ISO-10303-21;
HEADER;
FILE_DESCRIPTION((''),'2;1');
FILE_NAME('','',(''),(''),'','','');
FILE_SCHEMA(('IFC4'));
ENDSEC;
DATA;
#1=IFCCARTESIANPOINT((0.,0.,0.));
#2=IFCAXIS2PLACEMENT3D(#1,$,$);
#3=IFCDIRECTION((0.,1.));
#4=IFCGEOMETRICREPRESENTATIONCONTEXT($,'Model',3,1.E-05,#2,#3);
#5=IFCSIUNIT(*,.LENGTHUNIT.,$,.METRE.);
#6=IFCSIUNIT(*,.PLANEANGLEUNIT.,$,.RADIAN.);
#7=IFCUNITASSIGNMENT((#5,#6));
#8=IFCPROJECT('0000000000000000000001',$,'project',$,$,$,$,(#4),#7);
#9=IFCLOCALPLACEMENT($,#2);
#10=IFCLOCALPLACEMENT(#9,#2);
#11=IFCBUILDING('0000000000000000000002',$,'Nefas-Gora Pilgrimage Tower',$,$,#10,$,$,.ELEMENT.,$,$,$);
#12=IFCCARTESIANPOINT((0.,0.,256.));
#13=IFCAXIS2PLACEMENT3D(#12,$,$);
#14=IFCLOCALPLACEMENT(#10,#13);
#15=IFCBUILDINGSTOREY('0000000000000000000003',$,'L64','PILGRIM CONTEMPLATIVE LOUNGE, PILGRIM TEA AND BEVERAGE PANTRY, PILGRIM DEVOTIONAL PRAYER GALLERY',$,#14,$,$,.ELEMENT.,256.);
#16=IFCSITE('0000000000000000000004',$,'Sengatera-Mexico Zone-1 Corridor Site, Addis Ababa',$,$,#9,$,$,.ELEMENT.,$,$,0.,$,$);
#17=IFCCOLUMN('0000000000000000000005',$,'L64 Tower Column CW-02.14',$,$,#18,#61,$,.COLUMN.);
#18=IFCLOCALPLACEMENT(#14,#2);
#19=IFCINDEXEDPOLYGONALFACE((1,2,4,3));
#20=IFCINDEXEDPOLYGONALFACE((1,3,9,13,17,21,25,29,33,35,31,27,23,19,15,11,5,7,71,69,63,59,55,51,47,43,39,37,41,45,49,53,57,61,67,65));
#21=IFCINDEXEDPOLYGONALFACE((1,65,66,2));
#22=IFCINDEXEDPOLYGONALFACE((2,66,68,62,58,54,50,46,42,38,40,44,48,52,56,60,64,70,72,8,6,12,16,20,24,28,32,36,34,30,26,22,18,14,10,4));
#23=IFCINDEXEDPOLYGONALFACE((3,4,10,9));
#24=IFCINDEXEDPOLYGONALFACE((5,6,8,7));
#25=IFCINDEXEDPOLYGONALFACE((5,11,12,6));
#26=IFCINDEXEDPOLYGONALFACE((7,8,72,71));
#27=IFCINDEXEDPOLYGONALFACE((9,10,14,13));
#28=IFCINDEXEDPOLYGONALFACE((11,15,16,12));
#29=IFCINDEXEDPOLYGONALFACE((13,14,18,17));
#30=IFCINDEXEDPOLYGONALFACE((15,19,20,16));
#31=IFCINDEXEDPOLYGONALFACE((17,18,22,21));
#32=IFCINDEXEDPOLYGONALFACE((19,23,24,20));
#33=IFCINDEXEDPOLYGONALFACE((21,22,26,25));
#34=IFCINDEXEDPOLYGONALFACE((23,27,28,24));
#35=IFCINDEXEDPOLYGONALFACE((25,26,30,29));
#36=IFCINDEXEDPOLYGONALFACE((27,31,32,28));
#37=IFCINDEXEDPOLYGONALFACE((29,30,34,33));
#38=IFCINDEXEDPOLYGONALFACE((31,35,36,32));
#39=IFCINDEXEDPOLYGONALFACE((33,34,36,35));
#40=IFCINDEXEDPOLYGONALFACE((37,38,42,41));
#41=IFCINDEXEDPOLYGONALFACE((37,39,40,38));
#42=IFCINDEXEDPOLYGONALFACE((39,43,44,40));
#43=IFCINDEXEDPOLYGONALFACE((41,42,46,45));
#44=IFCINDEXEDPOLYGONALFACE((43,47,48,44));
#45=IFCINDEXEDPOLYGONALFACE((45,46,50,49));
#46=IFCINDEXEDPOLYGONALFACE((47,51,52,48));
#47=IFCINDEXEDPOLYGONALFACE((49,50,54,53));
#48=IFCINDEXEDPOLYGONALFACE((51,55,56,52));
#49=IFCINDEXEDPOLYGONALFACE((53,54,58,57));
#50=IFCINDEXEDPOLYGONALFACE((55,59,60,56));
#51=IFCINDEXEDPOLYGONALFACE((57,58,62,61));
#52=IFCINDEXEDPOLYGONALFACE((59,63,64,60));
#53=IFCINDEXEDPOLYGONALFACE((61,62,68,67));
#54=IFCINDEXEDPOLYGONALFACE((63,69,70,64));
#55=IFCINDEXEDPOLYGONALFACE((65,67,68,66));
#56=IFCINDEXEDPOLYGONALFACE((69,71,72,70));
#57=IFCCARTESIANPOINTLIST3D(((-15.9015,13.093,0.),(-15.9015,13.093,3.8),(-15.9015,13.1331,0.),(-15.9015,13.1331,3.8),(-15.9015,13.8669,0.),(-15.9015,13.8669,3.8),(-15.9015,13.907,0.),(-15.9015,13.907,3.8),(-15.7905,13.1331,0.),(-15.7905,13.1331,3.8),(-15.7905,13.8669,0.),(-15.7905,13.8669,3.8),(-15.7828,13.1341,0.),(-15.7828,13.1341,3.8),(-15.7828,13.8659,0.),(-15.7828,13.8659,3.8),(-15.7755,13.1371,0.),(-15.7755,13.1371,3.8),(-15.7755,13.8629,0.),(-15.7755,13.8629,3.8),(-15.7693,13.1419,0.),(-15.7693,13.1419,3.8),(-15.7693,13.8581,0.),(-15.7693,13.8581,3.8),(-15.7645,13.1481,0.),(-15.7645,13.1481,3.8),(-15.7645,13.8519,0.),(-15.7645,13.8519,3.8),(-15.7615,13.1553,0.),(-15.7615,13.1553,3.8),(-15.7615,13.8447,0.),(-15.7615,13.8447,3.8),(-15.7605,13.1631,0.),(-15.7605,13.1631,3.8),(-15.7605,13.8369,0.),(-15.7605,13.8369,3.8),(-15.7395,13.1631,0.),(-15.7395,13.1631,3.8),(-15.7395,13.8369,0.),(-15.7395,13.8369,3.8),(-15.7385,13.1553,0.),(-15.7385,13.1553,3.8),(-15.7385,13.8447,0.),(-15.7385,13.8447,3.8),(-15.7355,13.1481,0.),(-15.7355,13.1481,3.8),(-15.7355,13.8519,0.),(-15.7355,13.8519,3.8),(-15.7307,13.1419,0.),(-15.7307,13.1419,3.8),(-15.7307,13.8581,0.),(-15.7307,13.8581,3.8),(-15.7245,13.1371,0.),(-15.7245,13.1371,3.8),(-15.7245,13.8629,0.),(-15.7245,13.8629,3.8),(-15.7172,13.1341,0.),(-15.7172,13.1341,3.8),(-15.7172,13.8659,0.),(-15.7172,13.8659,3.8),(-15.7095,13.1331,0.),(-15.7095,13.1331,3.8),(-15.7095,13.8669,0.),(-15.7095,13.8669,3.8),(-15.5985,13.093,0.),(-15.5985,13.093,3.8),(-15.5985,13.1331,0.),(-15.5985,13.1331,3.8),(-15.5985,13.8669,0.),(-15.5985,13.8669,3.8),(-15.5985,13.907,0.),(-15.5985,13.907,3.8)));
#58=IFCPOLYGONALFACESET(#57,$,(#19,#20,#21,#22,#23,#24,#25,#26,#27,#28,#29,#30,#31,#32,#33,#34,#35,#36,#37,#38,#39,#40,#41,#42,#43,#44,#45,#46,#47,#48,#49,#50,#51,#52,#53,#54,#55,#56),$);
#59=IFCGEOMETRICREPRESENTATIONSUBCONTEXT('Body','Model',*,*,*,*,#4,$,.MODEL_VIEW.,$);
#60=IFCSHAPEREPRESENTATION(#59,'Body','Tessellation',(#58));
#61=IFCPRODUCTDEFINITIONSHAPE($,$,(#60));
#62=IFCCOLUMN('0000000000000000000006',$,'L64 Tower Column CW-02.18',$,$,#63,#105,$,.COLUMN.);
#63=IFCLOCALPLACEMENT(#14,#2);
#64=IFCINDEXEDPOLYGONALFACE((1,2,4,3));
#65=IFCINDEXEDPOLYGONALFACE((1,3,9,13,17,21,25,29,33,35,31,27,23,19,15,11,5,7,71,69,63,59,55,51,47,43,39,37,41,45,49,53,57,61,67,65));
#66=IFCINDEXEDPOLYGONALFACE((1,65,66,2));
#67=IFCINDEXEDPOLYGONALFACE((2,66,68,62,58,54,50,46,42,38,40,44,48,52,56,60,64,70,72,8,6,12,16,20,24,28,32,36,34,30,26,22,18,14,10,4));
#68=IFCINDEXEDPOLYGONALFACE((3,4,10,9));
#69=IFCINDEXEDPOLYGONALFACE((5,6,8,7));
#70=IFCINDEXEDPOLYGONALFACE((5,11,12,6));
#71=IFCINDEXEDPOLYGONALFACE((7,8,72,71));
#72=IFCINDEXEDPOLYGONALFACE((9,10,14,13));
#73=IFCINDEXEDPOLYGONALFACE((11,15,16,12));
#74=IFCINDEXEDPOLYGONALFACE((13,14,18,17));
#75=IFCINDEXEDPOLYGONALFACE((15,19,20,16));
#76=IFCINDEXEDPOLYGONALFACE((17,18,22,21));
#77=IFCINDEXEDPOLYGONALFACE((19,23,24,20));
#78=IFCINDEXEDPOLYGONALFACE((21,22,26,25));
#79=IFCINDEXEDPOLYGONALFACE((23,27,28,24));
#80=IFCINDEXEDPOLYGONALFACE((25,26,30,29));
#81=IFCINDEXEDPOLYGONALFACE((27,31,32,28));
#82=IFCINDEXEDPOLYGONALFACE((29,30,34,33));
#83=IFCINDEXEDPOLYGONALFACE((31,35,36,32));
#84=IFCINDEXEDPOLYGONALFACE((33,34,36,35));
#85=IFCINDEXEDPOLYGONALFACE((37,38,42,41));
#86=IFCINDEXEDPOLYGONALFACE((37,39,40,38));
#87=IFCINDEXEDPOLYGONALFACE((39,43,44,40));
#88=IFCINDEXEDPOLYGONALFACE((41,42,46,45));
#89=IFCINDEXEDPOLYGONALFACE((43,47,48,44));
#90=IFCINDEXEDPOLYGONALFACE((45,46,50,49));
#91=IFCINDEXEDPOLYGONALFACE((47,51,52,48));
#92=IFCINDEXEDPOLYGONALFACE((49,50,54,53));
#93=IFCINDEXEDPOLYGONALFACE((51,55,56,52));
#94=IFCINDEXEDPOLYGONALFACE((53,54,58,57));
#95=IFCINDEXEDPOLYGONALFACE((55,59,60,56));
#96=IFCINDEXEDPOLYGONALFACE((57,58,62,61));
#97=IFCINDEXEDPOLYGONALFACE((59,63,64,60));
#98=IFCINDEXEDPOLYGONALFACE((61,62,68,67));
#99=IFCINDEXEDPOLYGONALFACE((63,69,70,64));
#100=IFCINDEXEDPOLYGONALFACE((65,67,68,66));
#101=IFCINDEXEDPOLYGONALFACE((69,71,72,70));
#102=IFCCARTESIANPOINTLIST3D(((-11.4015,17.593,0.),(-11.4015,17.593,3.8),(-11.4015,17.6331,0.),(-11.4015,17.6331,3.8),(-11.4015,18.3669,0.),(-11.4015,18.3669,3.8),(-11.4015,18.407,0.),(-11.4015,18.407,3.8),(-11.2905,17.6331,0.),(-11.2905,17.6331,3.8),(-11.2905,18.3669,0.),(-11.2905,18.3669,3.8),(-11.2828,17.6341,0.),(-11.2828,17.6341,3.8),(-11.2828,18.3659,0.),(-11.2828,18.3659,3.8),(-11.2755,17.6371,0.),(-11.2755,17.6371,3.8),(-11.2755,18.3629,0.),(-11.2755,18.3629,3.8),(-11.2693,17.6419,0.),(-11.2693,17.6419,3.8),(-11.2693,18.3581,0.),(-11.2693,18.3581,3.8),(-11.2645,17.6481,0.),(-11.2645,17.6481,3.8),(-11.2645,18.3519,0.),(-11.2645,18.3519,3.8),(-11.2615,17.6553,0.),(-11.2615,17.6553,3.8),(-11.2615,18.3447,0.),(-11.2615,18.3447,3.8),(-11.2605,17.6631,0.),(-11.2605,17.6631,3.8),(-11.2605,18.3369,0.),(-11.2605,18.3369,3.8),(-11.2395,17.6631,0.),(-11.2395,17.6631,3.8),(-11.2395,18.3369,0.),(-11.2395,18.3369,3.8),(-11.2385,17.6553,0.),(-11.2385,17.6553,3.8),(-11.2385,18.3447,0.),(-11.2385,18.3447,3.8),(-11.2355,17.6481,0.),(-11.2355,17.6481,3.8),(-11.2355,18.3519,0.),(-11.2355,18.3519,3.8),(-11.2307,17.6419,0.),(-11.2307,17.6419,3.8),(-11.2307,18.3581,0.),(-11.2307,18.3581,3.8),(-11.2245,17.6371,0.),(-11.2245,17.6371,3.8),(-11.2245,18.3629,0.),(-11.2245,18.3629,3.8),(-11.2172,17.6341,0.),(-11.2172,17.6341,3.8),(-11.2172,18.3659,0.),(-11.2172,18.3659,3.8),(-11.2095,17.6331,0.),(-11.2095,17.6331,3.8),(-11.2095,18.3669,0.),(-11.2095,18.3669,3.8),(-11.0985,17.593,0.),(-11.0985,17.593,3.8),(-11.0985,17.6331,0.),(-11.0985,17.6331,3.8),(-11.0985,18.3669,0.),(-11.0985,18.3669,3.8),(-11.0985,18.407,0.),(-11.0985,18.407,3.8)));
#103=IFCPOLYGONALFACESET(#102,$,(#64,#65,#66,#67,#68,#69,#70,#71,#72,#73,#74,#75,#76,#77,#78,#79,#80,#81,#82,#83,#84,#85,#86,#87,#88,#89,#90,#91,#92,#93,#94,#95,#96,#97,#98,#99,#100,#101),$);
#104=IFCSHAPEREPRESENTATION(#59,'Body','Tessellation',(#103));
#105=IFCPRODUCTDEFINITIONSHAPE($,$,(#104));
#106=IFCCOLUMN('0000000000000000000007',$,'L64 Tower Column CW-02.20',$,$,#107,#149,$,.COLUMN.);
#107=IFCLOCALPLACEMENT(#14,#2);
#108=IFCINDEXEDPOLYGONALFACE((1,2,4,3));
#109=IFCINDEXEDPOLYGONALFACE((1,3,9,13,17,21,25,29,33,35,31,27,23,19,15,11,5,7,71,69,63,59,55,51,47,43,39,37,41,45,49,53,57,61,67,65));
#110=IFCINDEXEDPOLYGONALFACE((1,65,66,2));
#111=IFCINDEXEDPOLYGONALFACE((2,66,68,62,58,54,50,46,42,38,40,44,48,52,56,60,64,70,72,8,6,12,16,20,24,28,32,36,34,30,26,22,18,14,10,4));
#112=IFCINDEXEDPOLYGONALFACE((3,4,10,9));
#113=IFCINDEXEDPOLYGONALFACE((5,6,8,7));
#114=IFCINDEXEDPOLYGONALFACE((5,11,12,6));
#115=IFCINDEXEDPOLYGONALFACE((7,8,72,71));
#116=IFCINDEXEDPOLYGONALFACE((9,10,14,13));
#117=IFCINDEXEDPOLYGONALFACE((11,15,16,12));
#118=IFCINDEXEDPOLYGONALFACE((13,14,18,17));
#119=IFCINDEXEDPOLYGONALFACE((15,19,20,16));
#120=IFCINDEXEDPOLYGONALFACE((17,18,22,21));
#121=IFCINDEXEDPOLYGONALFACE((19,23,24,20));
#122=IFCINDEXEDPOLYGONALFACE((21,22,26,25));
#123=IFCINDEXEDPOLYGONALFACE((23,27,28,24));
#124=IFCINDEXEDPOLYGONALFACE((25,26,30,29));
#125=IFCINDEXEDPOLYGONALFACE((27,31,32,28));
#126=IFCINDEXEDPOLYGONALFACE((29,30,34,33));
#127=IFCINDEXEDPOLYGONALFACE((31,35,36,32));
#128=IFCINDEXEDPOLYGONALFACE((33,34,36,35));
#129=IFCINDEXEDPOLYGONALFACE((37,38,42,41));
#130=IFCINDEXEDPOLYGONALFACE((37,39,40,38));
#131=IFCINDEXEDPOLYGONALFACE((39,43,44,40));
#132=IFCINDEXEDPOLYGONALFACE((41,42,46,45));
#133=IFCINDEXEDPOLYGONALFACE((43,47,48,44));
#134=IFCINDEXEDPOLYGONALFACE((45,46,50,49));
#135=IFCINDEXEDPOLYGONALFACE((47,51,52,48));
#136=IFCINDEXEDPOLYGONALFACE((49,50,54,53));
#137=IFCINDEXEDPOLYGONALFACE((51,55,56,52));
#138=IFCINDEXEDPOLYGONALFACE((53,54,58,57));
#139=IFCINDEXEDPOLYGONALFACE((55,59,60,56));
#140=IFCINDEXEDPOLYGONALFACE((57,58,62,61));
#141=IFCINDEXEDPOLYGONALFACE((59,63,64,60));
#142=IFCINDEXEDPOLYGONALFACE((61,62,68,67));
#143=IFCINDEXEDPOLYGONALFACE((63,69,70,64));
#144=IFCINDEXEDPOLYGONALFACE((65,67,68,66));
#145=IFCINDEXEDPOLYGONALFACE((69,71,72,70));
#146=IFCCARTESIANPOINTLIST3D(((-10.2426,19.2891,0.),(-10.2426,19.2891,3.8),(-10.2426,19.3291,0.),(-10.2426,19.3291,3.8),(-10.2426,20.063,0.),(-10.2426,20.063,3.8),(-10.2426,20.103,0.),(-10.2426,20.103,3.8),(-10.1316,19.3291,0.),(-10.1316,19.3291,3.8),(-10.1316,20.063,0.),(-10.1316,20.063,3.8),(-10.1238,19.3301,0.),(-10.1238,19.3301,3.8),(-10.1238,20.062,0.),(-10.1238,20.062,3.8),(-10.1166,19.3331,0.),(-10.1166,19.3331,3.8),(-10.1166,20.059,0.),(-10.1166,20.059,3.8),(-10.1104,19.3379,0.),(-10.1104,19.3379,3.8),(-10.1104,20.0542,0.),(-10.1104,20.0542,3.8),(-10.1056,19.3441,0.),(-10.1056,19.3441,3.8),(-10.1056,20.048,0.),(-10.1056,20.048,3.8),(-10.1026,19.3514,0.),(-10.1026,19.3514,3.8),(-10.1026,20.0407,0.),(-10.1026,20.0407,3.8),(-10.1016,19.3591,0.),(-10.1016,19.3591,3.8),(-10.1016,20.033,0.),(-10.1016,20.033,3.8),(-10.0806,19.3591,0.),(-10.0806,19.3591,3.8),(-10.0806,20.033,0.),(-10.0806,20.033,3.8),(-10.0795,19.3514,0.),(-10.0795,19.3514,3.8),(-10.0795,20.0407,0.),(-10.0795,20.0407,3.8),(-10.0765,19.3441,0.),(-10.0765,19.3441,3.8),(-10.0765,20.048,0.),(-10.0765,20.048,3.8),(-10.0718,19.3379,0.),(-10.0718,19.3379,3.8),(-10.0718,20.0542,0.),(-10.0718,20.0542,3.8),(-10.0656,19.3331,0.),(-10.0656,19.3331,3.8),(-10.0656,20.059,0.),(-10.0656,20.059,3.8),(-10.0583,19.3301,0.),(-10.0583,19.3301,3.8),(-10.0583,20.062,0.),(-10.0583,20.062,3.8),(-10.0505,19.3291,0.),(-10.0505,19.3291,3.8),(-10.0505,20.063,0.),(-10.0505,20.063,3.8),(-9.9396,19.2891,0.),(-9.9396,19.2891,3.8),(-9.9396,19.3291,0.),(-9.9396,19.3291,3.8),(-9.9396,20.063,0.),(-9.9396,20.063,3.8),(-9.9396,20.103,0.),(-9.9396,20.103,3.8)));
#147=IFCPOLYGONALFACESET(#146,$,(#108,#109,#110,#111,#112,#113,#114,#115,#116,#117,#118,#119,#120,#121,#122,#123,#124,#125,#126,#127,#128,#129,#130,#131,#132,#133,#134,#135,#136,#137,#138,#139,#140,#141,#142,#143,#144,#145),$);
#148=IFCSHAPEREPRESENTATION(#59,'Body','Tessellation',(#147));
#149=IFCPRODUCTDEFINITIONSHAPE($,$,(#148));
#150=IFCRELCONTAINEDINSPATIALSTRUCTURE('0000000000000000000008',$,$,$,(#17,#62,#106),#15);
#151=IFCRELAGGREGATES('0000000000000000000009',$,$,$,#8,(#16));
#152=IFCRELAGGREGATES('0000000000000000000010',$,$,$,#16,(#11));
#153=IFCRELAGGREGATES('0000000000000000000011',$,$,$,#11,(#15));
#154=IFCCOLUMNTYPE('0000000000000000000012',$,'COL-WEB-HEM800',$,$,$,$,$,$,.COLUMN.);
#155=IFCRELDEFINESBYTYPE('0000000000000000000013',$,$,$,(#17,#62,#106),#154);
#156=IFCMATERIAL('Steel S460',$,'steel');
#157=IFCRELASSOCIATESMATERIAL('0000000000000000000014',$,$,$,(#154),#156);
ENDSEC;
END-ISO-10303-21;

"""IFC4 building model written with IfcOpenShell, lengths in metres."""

from ifc_helpers import new_model, si_unit, direction, frame, origin, origin_2d, place, context, subcontext, project, spatial, i_section, extrude, source, transform, mapped, material, material_profile, profile_set, type_object, element, save


model = new_model("IFC4")

# Units and contexts
model_context = context("Model", 3, precision=1e-05, world=origin(), true_north=direction((0.0, 1.0)))
body_context = subcontext(model_context, "Body", "Model", "MODEL_VIEW")
ifc_project = project(units=[si_unit("LENGTHUNIT", "METRE"), si_unit("PLANEANGLEUNIT", "RADIAN")], contexts=[model_context])

# Site, building, storey
site_placement = place(None, origin())
site = spatial("IfcSite", under=ifc_project, at=site_placement, Name="Sengatera-Mexico Zone-1 Corridor Site, Addis Ababa", CompositionType="ELEMENT", RefElevation=0.0)
building_placement = place(site_placement, origin())
building = spatial("IfcBuilding", under=site, at=building_placement, Name="Nefas-Gora Pilgrimage Tower", CompositionType="ELEMENT")
storey_placement = place(building_placement, frame((0.0, 0.0, 256.0)))
storey = spatial("IfcBuildingStorey", under=building, at=storey_placement, Name="L64", Description="PILGRIM CONTEMPLATIVE LOUNGE, PILGRIM TEA AND BEVERAGE PANTRY, PILGRIM DEVOTIONAL PRAYER GALLERY", CompositionType="ELEMENT", Elevation=256.0)

# Columns
ifc_material_1 = material(Name="Steel S460", Category="steel")
ifc_material_profile_1 = material_profile(ifc_material_1, i_section(OverallWidth=0.303, OverallDepth=0.814, WebThickness=0.021, FlangeThickness=0.04, FilletRadius=0.03, at=origin_2d()), Name="HEM 800")
ifc_profile_set_1 = profile_set([ifc_material_profile_1], Name="Steel S460")
column_type_1 = type_object("IfcColumnType", Name="COL-WEB-HEM800", PredefinedType="COLUMN", material=ifc_profile_set_1)
shared_shape_1 = source(origin(), body_context, "Body", "SweptSolid", [
    extrude(i_section(OverallWidth=0.303, OverallDepth=0.814, WebThickness=0.021, FlangeThickness=0.04, FilletRadius=0.03, at=origin_2d()), origin(), (0.0, 0.0, 1.0), 3.8),
])
for number, where, z_axis, x_axis, name in (
    (1, (-15.75, 13.5, 0.0), (0.0, 0.0, 1.0), (1.0, 0.0, 0.0), "L64 Tower Column CW-02.14"),
    (2, (-11.25, 18.0, 0.0), (0.0, 0.0, 1.0), (1.0, 0.0, 0.0), "L64 Tower Column CW-02.18"),
    (3, (-10.0911, 19.696, 0.0), (0.0, 0.0, 1.0), (1.0, 0.0, 0.0), "L64 Tower Column CW-02.20"),
):
    element("IfcColumn", number, at=place(storey_placement, frame(where, z_axis=z_axis, x_axis=x_axis)), inside=storey, type_object=column_type_1, Name=name, PredefinedType="COLUMN", context=body_context, shape_type="MappedRepresentation", body=[
        mapped(shared_shape_1, transform((0.0, 0.0, 0.0), x_axis=(1.0, 0.0, 0.0), y_axis=(0.0, 1.0, 0.0), z_axis=(0.0, 0.0, 1.0), scale=1.0)),
    ])

save(model, "model.ifc")
